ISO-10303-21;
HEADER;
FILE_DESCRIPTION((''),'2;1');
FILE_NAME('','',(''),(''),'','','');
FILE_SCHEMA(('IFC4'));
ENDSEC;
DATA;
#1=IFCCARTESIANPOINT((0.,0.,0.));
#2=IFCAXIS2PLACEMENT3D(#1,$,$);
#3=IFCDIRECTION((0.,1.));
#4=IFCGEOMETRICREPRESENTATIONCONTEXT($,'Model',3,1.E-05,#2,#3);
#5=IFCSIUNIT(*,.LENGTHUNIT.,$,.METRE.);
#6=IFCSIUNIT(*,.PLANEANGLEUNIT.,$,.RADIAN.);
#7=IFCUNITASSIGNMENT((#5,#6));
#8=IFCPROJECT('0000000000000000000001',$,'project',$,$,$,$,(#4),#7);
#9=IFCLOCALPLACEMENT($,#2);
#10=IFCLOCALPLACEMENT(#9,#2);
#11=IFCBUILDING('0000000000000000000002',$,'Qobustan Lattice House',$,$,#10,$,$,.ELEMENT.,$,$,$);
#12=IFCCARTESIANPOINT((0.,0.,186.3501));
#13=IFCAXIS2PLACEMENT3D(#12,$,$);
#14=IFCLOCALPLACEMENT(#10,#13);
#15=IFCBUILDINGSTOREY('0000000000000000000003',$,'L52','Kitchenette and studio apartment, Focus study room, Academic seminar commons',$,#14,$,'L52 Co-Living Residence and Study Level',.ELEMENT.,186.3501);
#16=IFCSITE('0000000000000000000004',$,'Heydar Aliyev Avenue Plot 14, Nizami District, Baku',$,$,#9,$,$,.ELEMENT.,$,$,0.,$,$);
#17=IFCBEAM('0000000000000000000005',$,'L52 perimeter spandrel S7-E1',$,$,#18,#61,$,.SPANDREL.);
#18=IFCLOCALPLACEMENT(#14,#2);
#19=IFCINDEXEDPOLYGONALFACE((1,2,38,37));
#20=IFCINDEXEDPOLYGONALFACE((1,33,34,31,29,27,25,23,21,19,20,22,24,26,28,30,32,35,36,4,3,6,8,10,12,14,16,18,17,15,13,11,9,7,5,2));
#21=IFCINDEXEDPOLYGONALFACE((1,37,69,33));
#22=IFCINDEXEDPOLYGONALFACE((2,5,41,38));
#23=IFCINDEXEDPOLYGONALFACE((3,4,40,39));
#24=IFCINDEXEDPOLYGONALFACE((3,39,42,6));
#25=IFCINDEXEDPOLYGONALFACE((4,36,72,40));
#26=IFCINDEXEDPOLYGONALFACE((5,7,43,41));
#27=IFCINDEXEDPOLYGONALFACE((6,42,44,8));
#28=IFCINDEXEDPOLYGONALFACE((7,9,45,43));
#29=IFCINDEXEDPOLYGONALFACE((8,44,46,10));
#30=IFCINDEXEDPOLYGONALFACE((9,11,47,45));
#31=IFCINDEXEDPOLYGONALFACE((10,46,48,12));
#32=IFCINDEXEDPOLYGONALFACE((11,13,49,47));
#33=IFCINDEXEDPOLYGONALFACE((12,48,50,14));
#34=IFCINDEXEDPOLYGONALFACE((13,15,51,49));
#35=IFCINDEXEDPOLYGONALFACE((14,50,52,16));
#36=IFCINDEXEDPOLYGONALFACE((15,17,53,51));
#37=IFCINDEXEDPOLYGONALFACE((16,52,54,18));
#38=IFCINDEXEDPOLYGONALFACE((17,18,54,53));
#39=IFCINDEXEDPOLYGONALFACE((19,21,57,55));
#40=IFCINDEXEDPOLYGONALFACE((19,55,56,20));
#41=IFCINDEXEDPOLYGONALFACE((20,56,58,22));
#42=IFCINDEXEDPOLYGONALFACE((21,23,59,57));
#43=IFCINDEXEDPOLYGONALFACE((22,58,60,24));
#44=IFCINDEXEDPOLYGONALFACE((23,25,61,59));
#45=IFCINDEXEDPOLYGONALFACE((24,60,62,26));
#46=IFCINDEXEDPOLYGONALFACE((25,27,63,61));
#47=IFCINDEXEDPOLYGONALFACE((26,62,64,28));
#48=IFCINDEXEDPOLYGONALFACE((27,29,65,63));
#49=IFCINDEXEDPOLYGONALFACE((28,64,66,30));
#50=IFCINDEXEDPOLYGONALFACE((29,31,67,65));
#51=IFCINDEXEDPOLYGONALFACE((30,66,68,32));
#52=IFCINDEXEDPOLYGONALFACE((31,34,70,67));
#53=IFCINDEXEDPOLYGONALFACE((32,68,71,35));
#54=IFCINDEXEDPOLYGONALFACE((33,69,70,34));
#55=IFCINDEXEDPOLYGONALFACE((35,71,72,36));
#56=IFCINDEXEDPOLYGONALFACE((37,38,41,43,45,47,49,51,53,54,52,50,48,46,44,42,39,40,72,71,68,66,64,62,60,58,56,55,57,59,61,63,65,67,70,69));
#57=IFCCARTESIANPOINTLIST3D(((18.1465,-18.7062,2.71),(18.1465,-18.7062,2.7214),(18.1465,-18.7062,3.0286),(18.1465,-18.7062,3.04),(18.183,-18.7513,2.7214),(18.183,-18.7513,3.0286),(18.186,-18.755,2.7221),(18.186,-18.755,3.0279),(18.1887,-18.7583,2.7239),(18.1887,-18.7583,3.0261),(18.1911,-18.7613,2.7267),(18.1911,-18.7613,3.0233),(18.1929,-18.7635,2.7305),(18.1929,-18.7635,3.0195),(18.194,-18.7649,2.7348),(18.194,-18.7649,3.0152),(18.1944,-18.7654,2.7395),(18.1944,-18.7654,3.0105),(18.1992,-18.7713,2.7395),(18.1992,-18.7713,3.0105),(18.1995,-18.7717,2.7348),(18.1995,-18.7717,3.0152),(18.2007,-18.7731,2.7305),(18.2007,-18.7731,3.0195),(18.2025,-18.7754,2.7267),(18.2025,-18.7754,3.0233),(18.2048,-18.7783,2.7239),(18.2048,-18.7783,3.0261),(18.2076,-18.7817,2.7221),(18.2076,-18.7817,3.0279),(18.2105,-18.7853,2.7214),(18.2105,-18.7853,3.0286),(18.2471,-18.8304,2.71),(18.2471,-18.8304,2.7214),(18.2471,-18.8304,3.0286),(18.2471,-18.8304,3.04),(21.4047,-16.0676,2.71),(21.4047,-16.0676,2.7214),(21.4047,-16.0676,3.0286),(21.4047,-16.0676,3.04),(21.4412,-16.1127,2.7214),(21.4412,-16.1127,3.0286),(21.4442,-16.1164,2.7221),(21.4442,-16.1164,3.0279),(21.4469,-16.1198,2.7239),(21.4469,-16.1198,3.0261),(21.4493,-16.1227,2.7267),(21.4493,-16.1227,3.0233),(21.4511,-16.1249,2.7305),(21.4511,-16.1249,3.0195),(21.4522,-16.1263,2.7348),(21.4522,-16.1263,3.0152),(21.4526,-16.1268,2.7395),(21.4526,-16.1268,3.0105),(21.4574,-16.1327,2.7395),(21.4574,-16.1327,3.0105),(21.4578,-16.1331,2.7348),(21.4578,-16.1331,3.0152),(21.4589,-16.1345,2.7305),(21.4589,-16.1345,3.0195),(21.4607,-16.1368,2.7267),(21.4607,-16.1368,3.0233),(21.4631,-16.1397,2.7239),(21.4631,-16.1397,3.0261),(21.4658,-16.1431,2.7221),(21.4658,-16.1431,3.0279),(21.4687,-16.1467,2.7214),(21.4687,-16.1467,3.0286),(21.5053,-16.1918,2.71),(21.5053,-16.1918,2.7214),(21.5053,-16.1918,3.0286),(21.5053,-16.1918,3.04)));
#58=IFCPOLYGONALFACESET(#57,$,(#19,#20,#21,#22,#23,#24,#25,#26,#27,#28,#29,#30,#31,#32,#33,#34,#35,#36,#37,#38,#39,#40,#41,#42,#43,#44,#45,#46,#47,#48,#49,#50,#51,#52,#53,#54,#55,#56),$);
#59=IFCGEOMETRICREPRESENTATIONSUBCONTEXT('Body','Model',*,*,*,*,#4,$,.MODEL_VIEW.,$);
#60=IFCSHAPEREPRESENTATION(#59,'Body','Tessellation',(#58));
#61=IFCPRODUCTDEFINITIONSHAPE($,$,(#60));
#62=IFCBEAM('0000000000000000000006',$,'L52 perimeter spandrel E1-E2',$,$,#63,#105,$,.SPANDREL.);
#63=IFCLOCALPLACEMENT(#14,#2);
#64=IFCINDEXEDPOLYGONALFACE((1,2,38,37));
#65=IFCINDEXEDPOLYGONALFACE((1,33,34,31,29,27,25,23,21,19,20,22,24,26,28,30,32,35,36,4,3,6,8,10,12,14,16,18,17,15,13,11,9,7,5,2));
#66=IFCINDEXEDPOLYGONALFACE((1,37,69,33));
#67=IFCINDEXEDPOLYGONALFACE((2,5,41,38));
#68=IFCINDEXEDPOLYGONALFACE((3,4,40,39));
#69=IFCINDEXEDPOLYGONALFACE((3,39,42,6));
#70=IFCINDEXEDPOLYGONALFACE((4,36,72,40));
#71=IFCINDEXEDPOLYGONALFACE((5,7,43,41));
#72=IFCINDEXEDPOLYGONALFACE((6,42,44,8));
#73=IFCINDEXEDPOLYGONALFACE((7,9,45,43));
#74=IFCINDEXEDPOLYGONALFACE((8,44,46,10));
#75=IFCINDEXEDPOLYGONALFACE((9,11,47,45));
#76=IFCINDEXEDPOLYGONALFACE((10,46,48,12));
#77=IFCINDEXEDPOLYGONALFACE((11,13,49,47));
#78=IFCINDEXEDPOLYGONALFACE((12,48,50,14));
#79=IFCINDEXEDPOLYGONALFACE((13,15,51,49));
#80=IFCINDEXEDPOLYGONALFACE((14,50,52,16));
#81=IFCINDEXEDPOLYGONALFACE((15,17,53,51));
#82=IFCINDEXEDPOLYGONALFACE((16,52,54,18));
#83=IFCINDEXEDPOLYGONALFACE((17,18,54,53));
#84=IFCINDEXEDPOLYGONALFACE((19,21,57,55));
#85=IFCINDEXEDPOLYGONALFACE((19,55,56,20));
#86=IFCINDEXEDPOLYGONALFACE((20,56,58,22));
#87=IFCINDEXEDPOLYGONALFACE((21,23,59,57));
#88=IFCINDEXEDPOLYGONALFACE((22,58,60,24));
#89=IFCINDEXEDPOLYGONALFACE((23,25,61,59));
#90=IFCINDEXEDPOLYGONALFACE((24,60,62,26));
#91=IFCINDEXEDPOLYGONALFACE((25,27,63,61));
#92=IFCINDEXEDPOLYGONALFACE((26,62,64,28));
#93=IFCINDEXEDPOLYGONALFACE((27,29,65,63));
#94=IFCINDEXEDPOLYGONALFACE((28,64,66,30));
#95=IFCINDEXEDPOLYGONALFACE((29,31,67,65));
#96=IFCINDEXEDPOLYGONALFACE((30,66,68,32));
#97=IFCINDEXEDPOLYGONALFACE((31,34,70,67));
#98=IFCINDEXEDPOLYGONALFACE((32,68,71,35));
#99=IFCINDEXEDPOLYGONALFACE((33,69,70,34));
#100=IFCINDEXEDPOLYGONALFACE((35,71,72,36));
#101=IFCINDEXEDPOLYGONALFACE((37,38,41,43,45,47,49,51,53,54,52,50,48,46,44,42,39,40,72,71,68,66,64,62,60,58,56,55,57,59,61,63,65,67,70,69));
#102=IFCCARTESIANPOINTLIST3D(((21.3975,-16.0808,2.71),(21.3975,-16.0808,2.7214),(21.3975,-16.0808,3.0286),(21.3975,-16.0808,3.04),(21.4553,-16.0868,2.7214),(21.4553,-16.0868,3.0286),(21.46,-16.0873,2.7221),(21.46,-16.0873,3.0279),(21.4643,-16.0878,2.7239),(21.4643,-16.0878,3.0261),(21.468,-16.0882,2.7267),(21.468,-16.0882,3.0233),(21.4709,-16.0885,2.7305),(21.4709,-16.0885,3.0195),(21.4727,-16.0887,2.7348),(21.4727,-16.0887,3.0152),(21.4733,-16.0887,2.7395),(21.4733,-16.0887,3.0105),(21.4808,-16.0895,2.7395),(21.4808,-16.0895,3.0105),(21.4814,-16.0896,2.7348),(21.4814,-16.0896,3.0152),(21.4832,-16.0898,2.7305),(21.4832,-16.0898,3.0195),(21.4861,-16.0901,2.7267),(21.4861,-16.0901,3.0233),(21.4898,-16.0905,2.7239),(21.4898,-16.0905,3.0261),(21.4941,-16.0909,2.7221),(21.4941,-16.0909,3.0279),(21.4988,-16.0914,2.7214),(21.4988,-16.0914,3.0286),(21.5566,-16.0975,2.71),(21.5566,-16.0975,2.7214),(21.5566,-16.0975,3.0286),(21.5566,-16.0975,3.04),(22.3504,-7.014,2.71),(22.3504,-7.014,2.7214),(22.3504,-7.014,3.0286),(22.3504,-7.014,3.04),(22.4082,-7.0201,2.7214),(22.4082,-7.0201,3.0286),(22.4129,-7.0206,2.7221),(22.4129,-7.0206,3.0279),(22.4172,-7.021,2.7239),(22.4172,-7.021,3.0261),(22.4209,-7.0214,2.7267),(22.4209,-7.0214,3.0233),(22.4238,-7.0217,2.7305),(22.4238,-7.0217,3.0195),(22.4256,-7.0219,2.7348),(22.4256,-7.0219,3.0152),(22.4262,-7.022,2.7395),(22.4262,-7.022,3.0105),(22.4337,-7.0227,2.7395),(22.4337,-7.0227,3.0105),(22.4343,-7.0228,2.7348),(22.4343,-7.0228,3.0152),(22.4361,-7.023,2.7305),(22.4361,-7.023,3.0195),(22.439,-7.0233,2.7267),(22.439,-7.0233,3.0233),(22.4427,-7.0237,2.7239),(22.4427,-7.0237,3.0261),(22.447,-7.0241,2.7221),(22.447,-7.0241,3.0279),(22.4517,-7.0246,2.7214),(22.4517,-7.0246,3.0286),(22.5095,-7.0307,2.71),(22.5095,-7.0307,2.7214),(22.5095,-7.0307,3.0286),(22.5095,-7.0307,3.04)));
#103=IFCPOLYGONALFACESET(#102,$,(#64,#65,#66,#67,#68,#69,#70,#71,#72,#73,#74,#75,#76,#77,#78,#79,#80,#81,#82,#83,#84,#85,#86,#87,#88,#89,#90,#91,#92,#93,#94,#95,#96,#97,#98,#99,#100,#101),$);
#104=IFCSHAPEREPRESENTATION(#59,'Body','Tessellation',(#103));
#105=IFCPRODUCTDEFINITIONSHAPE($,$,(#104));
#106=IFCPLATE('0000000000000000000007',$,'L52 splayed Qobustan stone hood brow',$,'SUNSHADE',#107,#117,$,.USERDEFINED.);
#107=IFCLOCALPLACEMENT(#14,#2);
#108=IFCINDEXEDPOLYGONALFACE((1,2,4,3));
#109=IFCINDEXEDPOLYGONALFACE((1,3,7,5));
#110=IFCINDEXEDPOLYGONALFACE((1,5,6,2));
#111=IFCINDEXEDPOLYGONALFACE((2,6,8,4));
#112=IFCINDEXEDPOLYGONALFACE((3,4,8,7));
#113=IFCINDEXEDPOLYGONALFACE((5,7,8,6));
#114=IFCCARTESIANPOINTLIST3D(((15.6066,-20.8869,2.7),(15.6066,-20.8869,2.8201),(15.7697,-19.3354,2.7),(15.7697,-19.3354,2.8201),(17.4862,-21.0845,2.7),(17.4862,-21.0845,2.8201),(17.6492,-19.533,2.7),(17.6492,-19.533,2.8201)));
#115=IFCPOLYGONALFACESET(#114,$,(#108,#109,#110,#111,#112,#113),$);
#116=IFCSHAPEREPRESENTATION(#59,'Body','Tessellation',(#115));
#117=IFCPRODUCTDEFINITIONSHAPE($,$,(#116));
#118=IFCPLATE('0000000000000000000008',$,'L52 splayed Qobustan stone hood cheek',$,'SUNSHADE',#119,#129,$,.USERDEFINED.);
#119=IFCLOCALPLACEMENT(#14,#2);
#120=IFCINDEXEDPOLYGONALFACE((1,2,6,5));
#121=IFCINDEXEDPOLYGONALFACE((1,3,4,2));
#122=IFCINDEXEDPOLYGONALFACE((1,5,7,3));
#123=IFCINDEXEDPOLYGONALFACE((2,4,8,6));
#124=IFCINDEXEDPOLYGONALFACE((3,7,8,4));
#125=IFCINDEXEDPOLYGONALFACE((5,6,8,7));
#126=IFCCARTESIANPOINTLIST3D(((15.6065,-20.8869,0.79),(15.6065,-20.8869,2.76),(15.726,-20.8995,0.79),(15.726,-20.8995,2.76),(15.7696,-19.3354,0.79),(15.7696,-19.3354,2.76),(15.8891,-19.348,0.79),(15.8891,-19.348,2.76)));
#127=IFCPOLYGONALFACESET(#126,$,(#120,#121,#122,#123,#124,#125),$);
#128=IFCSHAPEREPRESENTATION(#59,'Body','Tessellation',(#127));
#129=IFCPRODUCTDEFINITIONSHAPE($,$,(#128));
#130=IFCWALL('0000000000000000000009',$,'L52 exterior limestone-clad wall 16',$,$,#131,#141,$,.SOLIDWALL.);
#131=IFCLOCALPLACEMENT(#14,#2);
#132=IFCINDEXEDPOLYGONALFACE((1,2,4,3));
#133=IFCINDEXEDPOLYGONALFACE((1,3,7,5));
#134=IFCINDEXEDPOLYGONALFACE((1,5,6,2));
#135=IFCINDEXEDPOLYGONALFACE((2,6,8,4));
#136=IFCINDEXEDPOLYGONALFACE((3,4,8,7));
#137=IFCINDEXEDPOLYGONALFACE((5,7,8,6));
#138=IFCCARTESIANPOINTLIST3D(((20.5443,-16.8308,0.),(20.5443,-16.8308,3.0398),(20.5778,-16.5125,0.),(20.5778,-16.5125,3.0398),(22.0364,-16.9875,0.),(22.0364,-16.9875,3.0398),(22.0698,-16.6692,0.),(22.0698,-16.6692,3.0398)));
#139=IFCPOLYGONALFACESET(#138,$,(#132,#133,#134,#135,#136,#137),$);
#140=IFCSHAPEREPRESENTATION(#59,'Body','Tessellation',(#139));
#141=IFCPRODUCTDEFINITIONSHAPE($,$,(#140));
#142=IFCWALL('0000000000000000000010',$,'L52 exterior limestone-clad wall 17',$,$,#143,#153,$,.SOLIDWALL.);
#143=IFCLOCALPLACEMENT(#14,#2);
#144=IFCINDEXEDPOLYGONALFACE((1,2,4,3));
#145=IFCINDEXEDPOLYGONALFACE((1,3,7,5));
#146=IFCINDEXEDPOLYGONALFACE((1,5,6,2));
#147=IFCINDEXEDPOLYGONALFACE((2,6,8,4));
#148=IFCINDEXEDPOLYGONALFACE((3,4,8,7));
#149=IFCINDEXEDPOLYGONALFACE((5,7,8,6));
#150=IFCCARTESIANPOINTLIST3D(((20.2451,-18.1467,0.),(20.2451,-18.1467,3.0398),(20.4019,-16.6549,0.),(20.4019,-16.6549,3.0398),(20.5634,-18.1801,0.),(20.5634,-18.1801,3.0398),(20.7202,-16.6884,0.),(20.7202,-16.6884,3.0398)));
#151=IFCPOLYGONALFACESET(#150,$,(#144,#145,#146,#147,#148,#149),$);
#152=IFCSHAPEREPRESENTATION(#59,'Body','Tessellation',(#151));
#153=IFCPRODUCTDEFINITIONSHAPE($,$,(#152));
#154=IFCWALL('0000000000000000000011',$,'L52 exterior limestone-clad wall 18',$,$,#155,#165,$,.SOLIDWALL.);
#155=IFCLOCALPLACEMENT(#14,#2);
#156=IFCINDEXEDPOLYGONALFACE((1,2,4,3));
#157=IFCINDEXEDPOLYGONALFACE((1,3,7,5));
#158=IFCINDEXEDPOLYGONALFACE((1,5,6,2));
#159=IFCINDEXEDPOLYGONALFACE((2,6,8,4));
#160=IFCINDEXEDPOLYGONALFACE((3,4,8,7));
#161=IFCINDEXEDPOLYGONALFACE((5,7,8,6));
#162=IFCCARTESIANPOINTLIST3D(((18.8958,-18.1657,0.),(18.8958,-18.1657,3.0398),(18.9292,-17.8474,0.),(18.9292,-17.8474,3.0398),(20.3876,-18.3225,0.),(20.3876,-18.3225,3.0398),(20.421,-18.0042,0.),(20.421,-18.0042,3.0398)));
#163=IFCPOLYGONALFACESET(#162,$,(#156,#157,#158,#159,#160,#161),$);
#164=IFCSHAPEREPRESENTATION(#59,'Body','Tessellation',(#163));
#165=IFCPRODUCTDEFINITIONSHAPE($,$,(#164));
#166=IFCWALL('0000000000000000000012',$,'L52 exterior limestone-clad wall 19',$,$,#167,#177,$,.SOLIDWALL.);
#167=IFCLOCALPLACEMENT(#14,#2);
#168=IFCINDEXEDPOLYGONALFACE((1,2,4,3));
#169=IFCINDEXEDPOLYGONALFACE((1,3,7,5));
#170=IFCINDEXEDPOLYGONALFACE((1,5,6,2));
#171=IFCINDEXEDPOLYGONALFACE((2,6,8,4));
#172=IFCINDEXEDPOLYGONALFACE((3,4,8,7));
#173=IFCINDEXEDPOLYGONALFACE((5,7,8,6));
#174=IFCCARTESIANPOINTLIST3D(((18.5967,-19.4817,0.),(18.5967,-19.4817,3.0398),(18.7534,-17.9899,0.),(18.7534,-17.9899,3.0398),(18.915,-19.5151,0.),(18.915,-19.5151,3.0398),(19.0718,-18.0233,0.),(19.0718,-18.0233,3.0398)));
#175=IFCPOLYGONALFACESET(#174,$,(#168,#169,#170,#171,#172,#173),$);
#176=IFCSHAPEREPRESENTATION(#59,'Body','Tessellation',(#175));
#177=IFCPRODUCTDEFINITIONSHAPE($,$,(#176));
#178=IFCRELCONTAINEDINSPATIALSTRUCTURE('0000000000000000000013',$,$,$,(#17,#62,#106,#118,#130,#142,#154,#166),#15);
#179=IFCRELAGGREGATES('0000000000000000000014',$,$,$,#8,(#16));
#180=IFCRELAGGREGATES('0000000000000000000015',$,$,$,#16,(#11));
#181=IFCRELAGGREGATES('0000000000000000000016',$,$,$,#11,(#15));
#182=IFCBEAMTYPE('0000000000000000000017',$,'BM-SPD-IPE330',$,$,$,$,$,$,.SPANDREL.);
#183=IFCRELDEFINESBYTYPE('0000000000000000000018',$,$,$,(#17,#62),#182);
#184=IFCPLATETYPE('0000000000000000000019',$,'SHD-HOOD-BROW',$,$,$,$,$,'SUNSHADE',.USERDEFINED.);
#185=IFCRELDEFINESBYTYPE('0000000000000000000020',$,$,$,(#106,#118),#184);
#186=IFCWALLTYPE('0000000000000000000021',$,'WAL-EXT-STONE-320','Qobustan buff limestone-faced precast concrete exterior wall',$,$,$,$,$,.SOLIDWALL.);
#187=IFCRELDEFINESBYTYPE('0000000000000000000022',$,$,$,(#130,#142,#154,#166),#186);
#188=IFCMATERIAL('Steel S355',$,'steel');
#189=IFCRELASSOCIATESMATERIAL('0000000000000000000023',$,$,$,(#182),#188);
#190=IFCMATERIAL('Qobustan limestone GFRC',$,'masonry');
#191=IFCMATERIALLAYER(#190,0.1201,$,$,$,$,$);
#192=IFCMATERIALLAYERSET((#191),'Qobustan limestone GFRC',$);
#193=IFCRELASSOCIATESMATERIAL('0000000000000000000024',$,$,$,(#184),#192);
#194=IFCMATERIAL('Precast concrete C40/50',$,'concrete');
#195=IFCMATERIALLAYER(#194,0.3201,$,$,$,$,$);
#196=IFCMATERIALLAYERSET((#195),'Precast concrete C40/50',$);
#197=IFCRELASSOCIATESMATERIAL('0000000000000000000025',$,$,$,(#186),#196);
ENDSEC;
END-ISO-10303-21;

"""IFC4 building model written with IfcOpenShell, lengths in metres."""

from ifc_helpers import new_model, si_unit, direction, frame, frame_2d, origin, origin_2d, place, context, subcontext, project, spatial, rectangle, i_section, extrude, material, layer, layer_set, material_profile, profile_set, type_object, element, save


model = new_model("IFC4")

# Units and contexts
model_context = context("Model", 3, precision=1e-05, world=origin(), true_north=direction((0.0, 1.0)))
body_context = subcontext(model_context, "Body", "Model", "MODEL_VIEW")
ifc_project = project(units=[si_unit("LENGTHUNIT", "METRE"), si_unit("PLANEANGLEUNIT", "RADIAN")], contexts=[model_context])

# Site, building, storey
site_placement = place(None, origin())
site = spatial("IfcSite", under=ifc_project, at=site_placement, Name="Heydar Aliyev Avenue Plot 14, Nizami District, Baku", CompositionType="ELEMENT", RefElevation=0.0)
building_placement = place(site_placement, origin())
building = spatial("IfcBuilding", under=site, at=building_placement, Name="Qobustan Lattice House", CompositionType="ELEMENT")
storey_placement = place(building_placement, frame((0.0, 0.0, 186.3501)))
storey = spatial("IfcBuildingStorey", under=building, at=storey_placement, Name="L52", Description="Kitchenette and studio apartment, Focus study room, Academic seminar commons", LongName="L52 Co-Living Residence and Study Level", CompositionType="ELEMENT", Elevation=186.3501)

# Beams
ifc_material_1 = material(Name="Steel S355", Category="steel")
ifc_material_profile_1 = material_profile(ifc_material_1, i_section(OverallWidth=0.1599, OverallDepth=0.3301, WebThickness=0.0076, FlangeThickness=0.0115, FilletRadius=0.0181, at=origin_2d()), Name="IPE330")
ifc_profile_set_1 = profile_set([ifc_material_profile_1], Name="Steel S355")
beam_type_1 = type_object("IfcBeamType", Name="BM-SPD-IPE330", PredefinedType="SPANDREL", material=ifc_profile_set_1)
beam_1_placement = place(storey_placement, frame((18.1968, -18.7683, 2.875), z_axis=(0.777128, 0.629342, 0.0), x_axis=(-0.629342, 0.777128, 0.0)))
element("IfcBeam", 1, at=beam_1_placement, inside=storey, type_object=beam_type_1, Name="L52 perimeter spandrel S7-E1", PredefinedType="SPANDREL", context=body_context, shape_type="SweptSolid", body=[
    extrude(i_section(OverallWidth=0.1599, OverallDepth=0.3301, WebThickness=0.0076, FlangeThickness=0.0115, FilletRadius=0.0181, at=origin_2d()), origin(), (0.0, 0.0, 1.0), 4.1926),
])
beam_2_placement = place(storey_placement, frame((21.4771, -16.0891, 2.875), z_axis=(0.104522, 0.994523, 0.0), x_axis=(-0.994523, 0.104522, 0.0)))
element("IfcBeam", 2, at=beam_2_placement, inside=storey, type_object=beam_type_1, Name="L52 perimeter spandrel E1-E2", PredefinedType="SPANDREL", context=body_context, shape_type="SweptSolid", body=[
    extrude(i_section(OverallWidth=0.1599, OverallDepth=0.3301, WebThickness=0.0076, FlangeThickness=0.0115, FilletRadius=0.0181, at=origin_2d()), origin(), (0.0, 0.0, 1.0), 9.1167),
])

# Plates
ifc_material_2 = material(Name="Qobustan limestone GFRC", Category="masonry")
ifc_layer_1 = layer(ifc_material_2, 0.1201)
ifc_layer_set_1 = layer_set([ifc_layer_1], Name="Qobustan limestone GFRC")
plate_type = type_object("IfcPlateType", Name="SHD-HOOD-BROW", ElementType="SUNSHADE", PredefinedType="USERDEFINED", material=ifc_layer_set_1)
plate_1_placement = place(storey_placement, frame((16.6279, -20.21, 2.7), z_axis=(0.0, 0.0, 1.0), x_axis=(-0.994522, 0.104528, 0.0)))
element("IfcPlate", 3, at=plate_1_placement, inside=storey, type_object=plate_type, Name="L52 splayed Qobustan stone hood brow", ObjectType="SUNSHADE", PredefinedType="USERDEFINED", context=body_context, shape_type="SweptSolid", body=[
    extrude(rectangle(XDim=1.8899, YDim=1.5601, at=origin_2d()), origin(), (0.0, 0.0, 1.0), 0.1201),
])
plate_2_placement = place(storey_placement, frame((15.7478, -20.1174, 0.79), z_axis=(0.0, 0.0, 1.0), x_axis=(-0.994522, 0.104528, 0.0)))
element("IfcPlate", 4, at=plate_2_placement, inside=storey, type_object=plate_type, Name="L52 splayed Qobustan stone hood cheek", ObjectType="SUNSHADE", PredefinedType="USERDEFINED", context=body_context, shape_type="SweptSolid", body=[
    extrude(rectangle(XDim=0.1201, YDim=1.5601, at=origin_2d()), origin(), (0.0, 0.0, 1.0), 1.97),
])

# Walls
ifc_material_3 = material(Name="Precast concrete C40/50", Category="concrete")
ifc_layer_2 = layer(ifc_material_3, 0.3201)
ifc_layer_set_2 = layer_set([ifc_layer_2], Name="Precast concrete C40/50")
wall_type_1 = type_object("IfcWallType", Name="WAL-EXT-STONE-320", Description="Qobustan buff limestone-faced precast concrete exterior wall", PredefinedType="SOLIDWALL", material=ifc_layer_set_2)
wall_1_placement = place(storey_placement, frame((22.053, -16.8284, 0.0), z_axis=(0.0, 0.0, 1.0), x_axis=(-0.994527, 0.104481, 0.0)))
element("IfcWall", 5, at=wall_1_placement, inside=storey, type_object=wall_type_1, Name="L52 exterior limestone-clad wall 16", PredefinedType="SOLIDWALL", context=body_context, shape_type="SweptSolid", body=[
    extrude(rectangle(XDim=1.5002, YDim=0.3201, at=frame_2d((0.75, 0.0))), origin(), (0.0, 0.0, 1.0), 3.0398),
])
for number, where, z_axis, x_axis, name in (
    (6, (20.561, -16.6716, 0.0), (0.0, 0.0, 1.0), (-0.104498, -0.994525, 0.0), "L52 exterior limestone-clad wall 17"),
    (7, (20.4043, -18.1633, 0.0), (0.0, 0.0, 1.0), (-0.994525, 0.104498, 0.0), "L52 exterior limestone-clad wall 18"),
    (8, (18.9126, -18.0066, 0.0), (0.0, 0.0, 1.0), (-0.104498, -0.994525, 0.0), "L52 exterior limestone-clad wall 19"),
):
    element("IfcWall", number, at=place(storey_placement, frame(where, z_axis=z_axis, x_axis=x_axis)), inside=storey, type_object=wall_type_1, Name=name, PredefinedType="SOLIDWALL", context=body_context, shape_type="SweptSolid", body=[
        extrude(rectangle(XDim=1.5, YDim=0.3201, at=frame_2d((0.75, 0.0))), origin(), (0.0, 0.0, 1.0), 3.0398),
    ])

save(model, "model.ifc")
